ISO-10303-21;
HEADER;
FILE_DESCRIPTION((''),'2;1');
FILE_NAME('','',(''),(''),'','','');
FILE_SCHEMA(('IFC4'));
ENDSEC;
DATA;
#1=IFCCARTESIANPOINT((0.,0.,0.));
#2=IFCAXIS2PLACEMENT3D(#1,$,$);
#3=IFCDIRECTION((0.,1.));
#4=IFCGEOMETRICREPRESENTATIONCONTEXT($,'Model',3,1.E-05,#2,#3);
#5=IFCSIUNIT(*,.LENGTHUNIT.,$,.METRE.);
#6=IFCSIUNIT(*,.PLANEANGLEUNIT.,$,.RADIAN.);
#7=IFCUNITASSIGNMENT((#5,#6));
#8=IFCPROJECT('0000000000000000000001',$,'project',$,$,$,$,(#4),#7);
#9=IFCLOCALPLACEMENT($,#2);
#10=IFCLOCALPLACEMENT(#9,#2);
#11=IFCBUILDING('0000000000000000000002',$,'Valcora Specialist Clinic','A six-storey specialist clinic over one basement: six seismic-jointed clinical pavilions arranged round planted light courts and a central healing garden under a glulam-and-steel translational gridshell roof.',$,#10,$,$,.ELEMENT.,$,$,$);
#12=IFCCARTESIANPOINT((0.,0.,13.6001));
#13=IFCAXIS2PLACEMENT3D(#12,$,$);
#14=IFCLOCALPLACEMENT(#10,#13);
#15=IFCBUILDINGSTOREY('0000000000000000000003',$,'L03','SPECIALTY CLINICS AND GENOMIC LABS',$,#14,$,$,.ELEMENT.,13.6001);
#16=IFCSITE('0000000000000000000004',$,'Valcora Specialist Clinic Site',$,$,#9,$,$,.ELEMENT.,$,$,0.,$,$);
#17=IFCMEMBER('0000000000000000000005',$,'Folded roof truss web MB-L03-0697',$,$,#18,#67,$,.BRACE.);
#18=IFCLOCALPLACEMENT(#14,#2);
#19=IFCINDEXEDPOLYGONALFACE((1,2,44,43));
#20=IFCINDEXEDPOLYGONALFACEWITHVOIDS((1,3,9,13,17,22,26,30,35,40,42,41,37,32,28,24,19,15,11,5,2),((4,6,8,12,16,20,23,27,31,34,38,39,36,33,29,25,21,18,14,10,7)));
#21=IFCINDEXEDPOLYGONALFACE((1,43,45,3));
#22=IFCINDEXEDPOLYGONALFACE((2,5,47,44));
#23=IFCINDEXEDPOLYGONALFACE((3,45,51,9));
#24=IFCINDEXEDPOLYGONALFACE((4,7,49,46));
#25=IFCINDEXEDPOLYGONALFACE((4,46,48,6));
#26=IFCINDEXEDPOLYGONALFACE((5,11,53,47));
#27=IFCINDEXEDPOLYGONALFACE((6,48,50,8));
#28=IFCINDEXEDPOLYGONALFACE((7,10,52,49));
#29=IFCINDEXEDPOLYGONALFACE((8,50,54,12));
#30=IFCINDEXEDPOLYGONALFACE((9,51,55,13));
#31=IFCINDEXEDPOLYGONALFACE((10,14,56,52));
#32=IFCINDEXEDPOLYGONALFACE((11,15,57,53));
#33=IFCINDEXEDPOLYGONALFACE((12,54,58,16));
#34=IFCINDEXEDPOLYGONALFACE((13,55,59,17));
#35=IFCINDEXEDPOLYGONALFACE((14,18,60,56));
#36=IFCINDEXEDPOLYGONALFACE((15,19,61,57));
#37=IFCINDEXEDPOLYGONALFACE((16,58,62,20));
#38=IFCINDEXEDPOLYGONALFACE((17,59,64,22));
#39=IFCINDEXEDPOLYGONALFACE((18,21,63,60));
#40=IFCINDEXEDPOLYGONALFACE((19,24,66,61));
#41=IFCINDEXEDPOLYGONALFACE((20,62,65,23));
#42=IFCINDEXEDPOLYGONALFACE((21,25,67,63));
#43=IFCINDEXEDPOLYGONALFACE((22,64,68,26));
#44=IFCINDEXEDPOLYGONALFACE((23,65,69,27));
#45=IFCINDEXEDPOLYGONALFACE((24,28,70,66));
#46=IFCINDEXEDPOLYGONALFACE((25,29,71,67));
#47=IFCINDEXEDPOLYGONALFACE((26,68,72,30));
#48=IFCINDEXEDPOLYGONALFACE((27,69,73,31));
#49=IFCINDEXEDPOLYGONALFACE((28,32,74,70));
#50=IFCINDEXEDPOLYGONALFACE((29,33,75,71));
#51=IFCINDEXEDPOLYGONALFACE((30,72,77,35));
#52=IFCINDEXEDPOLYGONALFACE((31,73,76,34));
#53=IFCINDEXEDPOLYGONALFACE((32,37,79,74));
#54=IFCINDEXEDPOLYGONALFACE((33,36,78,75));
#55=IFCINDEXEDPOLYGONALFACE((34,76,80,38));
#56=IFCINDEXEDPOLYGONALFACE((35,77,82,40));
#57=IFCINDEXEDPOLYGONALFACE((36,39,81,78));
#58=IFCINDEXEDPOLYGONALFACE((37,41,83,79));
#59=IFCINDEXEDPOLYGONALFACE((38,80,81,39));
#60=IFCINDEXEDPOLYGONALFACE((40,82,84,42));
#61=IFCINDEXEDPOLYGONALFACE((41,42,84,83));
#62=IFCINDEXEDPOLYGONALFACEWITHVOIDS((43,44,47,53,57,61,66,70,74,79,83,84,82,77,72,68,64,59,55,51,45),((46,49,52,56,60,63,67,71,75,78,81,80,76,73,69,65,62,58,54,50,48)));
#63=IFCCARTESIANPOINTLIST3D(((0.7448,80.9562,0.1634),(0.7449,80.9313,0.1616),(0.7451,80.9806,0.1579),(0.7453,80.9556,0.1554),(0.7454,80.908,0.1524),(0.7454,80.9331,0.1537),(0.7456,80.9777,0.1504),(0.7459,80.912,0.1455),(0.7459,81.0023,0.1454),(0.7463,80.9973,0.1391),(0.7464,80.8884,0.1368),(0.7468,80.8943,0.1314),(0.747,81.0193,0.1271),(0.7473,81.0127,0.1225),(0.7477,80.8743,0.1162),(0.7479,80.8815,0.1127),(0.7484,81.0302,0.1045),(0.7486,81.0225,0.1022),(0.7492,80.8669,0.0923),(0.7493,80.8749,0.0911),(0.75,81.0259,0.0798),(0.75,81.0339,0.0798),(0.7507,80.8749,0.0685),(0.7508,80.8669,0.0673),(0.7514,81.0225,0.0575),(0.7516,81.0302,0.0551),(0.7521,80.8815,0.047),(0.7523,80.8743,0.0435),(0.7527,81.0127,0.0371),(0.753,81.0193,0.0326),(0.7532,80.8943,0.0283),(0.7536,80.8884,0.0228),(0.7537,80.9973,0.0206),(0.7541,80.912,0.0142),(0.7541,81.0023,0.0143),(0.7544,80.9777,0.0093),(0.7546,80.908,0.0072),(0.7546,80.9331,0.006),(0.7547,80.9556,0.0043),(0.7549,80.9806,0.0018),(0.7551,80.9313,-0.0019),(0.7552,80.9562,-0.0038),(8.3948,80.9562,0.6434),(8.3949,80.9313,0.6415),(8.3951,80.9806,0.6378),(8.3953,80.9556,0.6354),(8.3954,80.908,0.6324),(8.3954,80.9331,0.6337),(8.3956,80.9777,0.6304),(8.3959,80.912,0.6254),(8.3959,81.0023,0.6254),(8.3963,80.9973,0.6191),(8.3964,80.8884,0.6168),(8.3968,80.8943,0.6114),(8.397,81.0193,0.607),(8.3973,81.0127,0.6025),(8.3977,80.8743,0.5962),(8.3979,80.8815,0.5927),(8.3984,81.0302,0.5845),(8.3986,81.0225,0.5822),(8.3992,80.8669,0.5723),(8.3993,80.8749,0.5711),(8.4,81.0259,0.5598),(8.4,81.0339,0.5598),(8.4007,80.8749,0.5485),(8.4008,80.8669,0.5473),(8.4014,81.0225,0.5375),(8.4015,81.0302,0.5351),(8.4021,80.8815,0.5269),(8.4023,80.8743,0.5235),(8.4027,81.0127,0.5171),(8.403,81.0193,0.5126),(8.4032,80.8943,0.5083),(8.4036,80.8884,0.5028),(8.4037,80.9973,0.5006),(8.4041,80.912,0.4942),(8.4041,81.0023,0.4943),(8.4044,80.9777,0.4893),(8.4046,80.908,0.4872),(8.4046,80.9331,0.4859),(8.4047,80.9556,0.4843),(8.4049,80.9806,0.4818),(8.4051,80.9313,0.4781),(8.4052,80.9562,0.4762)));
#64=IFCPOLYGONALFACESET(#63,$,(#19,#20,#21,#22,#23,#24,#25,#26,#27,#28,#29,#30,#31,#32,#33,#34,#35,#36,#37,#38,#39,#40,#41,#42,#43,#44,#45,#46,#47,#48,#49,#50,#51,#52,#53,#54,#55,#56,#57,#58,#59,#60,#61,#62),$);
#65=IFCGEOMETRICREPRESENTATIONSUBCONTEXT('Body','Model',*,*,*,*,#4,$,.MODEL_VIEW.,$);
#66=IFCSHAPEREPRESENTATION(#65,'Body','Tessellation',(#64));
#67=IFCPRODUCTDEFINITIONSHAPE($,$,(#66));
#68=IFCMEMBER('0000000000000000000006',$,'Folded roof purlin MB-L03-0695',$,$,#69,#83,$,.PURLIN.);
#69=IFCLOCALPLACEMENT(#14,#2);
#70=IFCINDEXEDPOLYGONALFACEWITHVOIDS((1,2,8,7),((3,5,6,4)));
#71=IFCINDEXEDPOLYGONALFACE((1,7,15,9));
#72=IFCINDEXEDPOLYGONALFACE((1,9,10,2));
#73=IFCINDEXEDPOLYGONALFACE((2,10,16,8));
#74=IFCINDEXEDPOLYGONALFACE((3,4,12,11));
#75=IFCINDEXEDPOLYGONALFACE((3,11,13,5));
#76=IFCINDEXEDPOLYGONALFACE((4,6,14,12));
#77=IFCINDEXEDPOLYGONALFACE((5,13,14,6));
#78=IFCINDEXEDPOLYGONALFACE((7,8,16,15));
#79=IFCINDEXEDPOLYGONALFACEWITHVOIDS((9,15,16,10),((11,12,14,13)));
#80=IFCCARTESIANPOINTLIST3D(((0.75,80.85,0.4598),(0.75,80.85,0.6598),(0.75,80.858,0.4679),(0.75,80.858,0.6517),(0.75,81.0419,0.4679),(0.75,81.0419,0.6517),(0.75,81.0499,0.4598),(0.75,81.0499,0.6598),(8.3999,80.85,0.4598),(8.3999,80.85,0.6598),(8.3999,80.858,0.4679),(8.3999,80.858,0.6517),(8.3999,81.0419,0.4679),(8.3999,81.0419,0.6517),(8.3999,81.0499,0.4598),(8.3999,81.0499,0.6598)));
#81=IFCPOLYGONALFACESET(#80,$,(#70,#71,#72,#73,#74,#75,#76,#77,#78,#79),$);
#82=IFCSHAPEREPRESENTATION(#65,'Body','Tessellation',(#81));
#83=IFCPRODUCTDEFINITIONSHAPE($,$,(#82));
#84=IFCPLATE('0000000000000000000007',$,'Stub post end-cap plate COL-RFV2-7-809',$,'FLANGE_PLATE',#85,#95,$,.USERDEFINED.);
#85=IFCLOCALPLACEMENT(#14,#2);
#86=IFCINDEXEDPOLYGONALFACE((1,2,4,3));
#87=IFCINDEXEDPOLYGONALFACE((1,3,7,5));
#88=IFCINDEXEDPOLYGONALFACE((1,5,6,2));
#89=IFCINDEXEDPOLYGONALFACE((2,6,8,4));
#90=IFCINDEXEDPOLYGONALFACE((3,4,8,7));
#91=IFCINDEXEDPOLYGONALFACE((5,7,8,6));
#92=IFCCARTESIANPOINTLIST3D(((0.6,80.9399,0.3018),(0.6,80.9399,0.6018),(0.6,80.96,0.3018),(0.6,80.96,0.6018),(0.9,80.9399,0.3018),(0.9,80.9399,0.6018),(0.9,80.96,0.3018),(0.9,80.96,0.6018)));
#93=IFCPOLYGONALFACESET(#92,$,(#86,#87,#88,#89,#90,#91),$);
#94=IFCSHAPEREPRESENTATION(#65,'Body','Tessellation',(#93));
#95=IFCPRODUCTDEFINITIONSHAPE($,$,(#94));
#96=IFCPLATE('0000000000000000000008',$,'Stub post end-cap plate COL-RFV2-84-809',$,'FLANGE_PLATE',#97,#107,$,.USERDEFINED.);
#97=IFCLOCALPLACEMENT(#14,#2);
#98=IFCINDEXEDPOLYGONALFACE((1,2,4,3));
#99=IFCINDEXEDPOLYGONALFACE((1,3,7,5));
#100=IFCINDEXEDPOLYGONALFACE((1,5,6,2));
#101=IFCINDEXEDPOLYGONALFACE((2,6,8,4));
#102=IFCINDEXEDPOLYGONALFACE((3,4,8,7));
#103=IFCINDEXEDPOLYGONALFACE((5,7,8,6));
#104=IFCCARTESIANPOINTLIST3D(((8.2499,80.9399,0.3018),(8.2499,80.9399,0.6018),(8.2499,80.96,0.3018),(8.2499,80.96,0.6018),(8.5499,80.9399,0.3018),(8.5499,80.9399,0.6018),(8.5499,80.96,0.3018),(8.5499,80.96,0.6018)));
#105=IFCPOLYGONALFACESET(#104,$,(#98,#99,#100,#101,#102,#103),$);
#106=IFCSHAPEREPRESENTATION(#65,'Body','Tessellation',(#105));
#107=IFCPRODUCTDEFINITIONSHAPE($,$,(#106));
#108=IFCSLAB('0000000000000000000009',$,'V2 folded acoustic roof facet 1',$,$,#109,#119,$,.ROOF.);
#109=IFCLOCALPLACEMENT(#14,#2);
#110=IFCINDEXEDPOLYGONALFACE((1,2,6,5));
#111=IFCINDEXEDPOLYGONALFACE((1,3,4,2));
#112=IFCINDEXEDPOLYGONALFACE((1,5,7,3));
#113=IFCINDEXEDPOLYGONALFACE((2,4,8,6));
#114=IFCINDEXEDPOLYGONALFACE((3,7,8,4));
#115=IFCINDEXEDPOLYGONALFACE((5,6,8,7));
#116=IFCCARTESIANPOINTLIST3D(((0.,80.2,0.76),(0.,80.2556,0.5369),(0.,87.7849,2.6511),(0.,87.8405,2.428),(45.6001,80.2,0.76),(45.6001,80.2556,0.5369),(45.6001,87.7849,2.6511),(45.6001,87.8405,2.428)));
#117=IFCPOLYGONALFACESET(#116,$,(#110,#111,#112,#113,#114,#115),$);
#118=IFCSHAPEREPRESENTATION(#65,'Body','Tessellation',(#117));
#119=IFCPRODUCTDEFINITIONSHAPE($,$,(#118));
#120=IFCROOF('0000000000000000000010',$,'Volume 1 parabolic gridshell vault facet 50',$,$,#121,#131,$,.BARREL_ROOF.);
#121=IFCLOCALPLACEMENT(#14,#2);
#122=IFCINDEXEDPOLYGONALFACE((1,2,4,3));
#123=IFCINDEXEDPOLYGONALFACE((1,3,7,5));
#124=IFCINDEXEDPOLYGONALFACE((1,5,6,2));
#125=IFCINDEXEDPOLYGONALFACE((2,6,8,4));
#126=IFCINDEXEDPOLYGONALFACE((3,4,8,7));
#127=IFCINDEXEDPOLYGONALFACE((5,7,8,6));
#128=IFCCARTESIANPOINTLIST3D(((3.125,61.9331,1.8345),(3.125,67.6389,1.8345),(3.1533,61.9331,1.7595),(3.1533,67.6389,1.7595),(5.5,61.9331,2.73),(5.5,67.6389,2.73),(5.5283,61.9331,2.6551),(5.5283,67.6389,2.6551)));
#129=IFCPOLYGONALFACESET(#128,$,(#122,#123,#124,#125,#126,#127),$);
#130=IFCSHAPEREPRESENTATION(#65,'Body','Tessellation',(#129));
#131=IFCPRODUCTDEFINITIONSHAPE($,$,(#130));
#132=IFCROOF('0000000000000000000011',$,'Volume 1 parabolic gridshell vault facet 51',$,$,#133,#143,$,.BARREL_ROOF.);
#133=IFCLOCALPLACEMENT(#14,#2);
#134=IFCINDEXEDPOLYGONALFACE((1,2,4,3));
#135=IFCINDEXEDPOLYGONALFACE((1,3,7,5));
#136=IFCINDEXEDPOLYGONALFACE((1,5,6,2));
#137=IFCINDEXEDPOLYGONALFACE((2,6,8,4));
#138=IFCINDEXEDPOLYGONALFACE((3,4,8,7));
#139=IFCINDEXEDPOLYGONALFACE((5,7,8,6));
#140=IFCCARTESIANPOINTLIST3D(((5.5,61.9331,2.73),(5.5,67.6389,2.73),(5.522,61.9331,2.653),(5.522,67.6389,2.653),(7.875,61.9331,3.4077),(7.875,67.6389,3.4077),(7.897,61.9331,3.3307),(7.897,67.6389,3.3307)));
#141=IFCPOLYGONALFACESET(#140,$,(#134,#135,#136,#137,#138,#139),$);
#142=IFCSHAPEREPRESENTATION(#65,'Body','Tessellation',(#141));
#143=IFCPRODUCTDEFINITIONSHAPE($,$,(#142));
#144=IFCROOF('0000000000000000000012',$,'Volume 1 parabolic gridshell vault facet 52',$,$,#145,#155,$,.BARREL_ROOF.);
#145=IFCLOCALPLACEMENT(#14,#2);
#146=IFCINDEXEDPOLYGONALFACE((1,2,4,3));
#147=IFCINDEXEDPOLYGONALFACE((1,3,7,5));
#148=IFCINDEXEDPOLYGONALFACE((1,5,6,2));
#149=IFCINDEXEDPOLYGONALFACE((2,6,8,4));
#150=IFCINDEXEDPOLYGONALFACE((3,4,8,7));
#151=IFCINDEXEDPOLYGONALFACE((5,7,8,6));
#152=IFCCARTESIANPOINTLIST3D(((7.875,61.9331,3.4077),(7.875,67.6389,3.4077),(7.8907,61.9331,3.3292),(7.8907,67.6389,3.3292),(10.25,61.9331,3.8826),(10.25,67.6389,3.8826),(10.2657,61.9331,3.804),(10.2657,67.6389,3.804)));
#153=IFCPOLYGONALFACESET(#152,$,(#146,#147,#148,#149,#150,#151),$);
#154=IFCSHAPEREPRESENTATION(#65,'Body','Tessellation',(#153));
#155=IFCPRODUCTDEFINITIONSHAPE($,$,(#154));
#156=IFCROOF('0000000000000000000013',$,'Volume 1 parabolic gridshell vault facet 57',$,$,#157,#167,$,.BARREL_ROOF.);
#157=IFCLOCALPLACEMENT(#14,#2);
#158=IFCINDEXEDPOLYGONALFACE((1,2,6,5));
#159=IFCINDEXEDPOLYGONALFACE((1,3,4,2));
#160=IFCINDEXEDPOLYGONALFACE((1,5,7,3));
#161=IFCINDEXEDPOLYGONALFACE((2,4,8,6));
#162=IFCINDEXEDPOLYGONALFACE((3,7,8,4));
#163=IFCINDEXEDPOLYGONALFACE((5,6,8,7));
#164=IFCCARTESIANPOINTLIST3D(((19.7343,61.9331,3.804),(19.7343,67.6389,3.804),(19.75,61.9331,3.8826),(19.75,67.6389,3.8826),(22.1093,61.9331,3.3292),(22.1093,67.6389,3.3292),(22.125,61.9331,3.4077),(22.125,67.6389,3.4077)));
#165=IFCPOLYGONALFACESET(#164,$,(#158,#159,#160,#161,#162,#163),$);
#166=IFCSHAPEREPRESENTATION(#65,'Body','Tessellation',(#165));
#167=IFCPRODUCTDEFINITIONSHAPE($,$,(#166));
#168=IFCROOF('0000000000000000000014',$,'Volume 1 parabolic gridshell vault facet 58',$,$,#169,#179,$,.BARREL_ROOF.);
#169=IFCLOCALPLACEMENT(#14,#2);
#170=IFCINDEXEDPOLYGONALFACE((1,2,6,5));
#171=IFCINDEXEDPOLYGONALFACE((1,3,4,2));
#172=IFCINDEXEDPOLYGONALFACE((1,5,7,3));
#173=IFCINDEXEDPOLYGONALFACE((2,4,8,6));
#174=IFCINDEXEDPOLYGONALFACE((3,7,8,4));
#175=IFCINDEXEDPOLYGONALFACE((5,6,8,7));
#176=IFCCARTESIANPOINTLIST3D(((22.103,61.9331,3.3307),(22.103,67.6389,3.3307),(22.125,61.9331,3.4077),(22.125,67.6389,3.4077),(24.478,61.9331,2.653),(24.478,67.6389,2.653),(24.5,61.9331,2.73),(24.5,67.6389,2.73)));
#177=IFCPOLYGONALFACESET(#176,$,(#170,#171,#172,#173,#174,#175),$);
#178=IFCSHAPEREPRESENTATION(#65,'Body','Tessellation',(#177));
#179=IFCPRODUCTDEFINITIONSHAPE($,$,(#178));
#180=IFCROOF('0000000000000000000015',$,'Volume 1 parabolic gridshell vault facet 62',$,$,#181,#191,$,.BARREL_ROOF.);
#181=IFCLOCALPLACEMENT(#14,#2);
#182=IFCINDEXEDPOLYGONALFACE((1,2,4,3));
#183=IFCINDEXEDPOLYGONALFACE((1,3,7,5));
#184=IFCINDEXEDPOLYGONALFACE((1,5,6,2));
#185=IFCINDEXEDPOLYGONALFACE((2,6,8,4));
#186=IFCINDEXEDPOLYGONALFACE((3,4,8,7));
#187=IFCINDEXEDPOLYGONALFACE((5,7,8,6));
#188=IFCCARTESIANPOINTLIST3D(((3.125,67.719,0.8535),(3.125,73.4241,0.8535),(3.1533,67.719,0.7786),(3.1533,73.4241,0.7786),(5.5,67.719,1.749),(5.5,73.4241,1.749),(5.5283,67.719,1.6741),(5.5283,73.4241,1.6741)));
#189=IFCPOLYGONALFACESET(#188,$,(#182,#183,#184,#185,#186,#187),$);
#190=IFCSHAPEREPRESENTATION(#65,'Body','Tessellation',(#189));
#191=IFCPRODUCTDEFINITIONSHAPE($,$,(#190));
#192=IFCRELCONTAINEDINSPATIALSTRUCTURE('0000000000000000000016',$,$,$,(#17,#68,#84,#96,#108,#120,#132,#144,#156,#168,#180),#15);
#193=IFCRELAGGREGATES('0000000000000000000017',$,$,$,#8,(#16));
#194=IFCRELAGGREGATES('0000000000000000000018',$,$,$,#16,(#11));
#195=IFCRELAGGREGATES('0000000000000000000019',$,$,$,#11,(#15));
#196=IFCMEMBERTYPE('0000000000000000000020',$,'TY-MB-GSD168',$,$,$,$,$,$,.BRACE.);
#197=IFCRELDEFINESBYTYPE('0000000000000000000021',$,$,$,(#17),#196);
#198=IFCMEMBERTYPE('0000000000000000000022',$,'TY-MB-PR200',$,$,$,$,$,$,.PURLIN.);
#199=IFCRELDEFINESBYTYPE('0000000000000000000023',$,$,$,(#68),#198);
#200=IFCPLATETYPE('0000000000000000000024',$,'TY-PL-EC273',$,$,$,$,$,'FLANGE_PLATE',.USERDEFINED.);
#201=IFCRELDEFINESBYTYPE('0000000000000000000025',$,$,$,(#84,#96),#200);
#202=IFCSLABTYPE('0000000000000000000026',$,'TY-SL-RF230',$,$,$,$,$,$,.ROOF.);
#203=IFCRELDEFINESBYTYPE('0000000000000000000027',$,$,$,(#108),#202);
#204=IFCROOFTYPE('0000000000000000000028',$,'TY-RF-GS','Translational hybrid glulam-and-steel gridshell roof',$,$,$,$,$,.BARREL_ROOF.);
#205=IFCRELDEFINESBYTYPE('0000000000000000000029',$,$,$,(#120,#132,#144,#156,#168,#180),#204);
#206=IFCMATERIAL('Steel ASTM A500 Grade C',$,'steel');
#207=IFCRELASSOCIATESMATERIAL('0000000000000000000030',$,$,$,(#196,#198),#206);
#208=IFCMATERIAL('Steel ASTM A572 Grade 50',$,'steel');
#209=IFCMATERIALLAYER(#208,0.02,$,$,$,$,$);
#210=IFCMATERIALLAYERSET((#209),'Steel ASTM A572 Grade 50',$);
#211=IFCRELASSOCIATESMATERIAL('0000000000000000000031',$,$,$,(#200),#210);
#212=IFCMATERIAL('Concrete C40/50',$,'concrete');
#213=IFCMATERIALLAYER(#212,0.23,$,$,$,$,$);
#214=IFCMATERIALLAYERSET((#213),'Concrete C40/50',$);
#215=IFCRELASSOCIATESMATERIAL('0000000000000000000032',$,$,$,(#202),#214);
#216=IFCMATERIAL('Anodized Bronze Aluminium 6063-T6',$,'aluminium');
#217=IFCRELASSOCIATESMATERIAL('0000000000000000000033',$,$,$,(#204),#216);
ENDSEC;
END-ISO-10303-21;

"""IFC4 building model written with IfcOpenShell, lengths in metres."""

from ifc_helpers import new_model, si_unit, direction, frame, origin, origin_2d, place, context, subcontext, project, spatial, polyline, rectangle, hollow_rectangle, hollow_circle, outline, extrude, material, layer, layer_set, material_profile, profile_set, type_object, element, save


model = new_model("IFC4")

# Units and contexts
model_context = context("Model", 3, precision=1e-05, world=origin(), true_north=direction((0.0, 1.0)))
body_context = subcontext(model_context, "Body", "Model", "MODEL_VIEW")
ifc_project = project(units=[si_unit("LENGTHUNIT", "METRE"), si_unit("PLANEANGLEUNIT", "RADIAN")], contexts=[model_context])

# Site, building, storey
site_placement = place(None, origin())
site = spatial("IfcSite", under=ifc_project, at=site_placement, Name="Valcora Specialist Clinic Site", CompositionType="ELEMENT", RefElevation=0.0)
building_placement = place(site_placement, origin())
building = spatial("IfcBuilding", under=site, at=building_placement, Name="Valcora Specialist Clinic", Description="A six-storey specialist clinic over one basement: six seismic-jointed clinical pavilions arranged round planted light courts and a central healing garden under a glulam-and-steel translational gridshell roof.", CompositionType="ELEMENT")
storey_placement = place(building_placement, frame((0.0, 0.0, 13.6001)))
storey = spatial("IfcBuildingStorey", under=building, at=storey_placement, Name="L03", Description="SPECIALTY CLINICS AND GENOMIC LABS", CompositionType="ELEMENT", Elevation=13.6001)

# Shared definitions
ifc_material_1 = material(Name="Steel ASTM A500 Grade C", Category="steel")

# Members
ifc_material_profile_1 = material_profile(ifc_material_1, hollow_circle(Radius=0.084, WallThickness=0.0081, at=origin_2d()), Name="ST-CHS-168X8")
ifc_profile_set_1 = profile_set([ifc_material_profile_1], Name="Steel ASTM A500 Grade C")
member_type_1 = type_object("IfcMemberType", Name="TY-MB-GSD168", PredefinedType="BRACE", material=ifc_profile_set_1)
member_1_placement = place(storey_placement, frame((0.75, 80.95, 0.0798), z_axis=(0.998037, 0.0, 0.06262), x_axis=(0.0, 1.0, 0.0)))
element("IfcMember", 1, at=member_1_placement, inside=storey, type_object=member_type_1, Name="Folded roof truss web MB-L03-0697", PredefinedType="BRACE", context=body_context, shape_type="SweptSolid", body=[
    extrude(hollow_circle(Radius=0.084, WallThickness=0.0081, at=origin_2d()), origin(), (0.0, 0.0, 1.0), 7.665),
])
ifc_material_profile_2 = material_profile(ifc_material_1, hollow_rectangle(XDim=0.2, YDim=0.2, WallThickness=0.0081, at=origin_2d()), Name="ST-RHS-200X200X8")
ifc_profile_set_2 = profile_set([ifc_material_profile_2], Name="Steel ASTM A500 Grade C")
member_type_2 = type_object("IfcMemberType", Name="TY-MB-PR200", PredefinedType="PURLIN", material=ifc_profile_set_2)
member_2_placement = place(storey_placement, frame((0.75, 80.95, 0.5598), z_axis=(1.0, 0.0, 0.0), x_axis=(0.0, 1.0, 0.0)))
element("IfcMember", 2, at=member_2_placement, inside=storey, type_object=member_type_2, Name="Folded roof purlin MB-L03-0695", PredefinedType="PURLIN", context=body_context, shape_type="SweptSolid", body=[
    extrude(hollow_rectangle(XDim=0.2, YDim=0.2, WallThickness=0.0081, at=origin_2d()), origin(), (0.0, 0.0, 1.0), 7.6499),
])

# Plates
ifc_material_2 = material(Name="Steel ASTM A572 Grade 50", Category="steel")
ifc_layer_1 = layer(ifc_material_2, 0.02)
ifc_layer_set_1 = layer_set([ifc_layer_1], Name="Steel ASTM A572 Grade 50")
plate_type = type_object("IfcPlateType", Name="TY-PL-EC273", ElementType="FLANGE_PLATE", PredefinedType="USERDEFINED", material=ifc_layer_set_1)
for number, where, z_axis, x_axis, name in (
    (3, (0.75, 80.95, 0.3018), (0.0, 0.0, 1.0), (1.0, 0.0, 0.0), "Stub post end-cap plate COL-RFV2-7-809"),
    (4, (8.3999, 80.95, 0.3018), (0.0, 0.0, 1.0), (1.0, 0.0, 0.0), "Stub post end-cap plate COL-RFV2-84-809"),
):
    element("IfcPlate", number, at=place(storey_placement, frame(where, z_axis=z_axis, x_axis=x_axis)), inside=storey, type_object=plate_type, Name=name, ObjectType="FLANGE_PLATE", PredefinedType="USERDEFINED", context=body_context, shape_type="SweptSolid", body=[
        extrude(rectangle(XDim=0.3, YDim=0.02, at=origin_2d()), origin(), (0.0, 0.0, 1.0), 0.3),
    ])

# Slab
ifc_material_3 = material(Name="Concrete C40/50", Category="concrete")
ifc_layer_2 = layer(ifc_material_3, 0.23)
ifc_layer_set_2 = layer_set([ifc_layer_2], Name="Concrete C40/50")
slab_type = type_object("IfcSlabType", Name="TY-SL-RF230", PredefinedType="ROOF", material=ifc_layer_set_2)
slab_placement = place(storey_placement, frame((0.0, 80.2, 0.76), z_axis=(0.0, -0.241918, 0.970297), x_axis=(1.0, 0.0, 0.0)))
element("IfcSlab", 5, at=slab_placement, inside=storey, type_object=slab_type, Name="V2 folded acoustic roof facet 1", PredefinedType="ROOF", context=body_context, shape_type="SweptSolid", body=[
    extrude(outline(polyline([(0.0, 0.0), (45.6001, 0.0), (45.6001, 7.8172), (0.0, 7.8172), (0.0, 0.0)])), origin(), (0.0, 0.0, -1.0), 0.23),
])

# Roofs
ifc_material_4 = material(Name="Anodized Bronze Aluminium 6063-T6", Category="aluminium")
roof_type = type_object("IfcRoofType", Name="TY-RF-GS", Description="Translational hybrid glulam-and-steel gridshell roof", PredefinedType="BARREL_ROOF", material=ifc_material_4)
roof_1_placement = place(storey_placement, frame((3.125, 61.9331, 1.8345), z_axis=(-0.352809, 0.0, 0.935695), x_axis=(0.935695, 0.0, 0.352809)))
element("IfcRoof", 6, at=roof_1_placement, inside=storey, type_object=roof_type, Name="Volume 1 parabolic gridshell vault facet 50", PredefinedType="BARREL_ROOF", context=body_context, shape_type="SweptSolid", body=[
    extrude(outline(polyline([(0.0, 0.0), (2.5382, 0.0), (2.5382, 5.7058), (0.0, 5.7058), (0.0, 0.0)])), origin(), (0.0, 0.0, -1.0), 0.0801),
])
roof_2_placement = place(storey_placement, frame((5.5, 61.9331, 2.73), z_axis=(-0.274408, 0.0, 0.961613), x_axis=(0.961613, 0.0, 0.274408)))
element("IfcRoof", 7, at=roof_2_placement, inside=storey, type_object=roof_type, Name="Volume 1 parabolic gridshell vault facet 51", PredefinedType="BARREL_ROOF", context=body_context, shape_type="SweptSolid", body=[
    extrude(outline(polyline([(0.0, 0.0), (2.4698, 0.0), (2.4698, 5.7058), (0.0, 5.7058), (0.0, 0.0)])), origin(), (0.0, 0.0, -1.0), 0.0801),
])
for number, where, z_axis, x_axis, name in (
    (8, (7.875, 61.9331, 3.4077), (-0.196058, 0.0, 0.980592), (0.980592, 0.0, 0.196058), "Volume 1 parabolic gridshell vault facet 52"),
    (9, (19.75, 61.9331, 3.8826), (0.196058, 0.0, 0.980592), (0.980592, 0.0, -0.196058), "Volume 1 parabolic gridshell vault facet 57"),
):
    element("IfcRoof", number, at=place(storey_placement, frame(where, z_axis=z_axis, x_axis=x_axis)), inside=storey, type_object=roof_type, Name=name, PredefinedType="BARREL_ROOF", context=body_context, shape_type="SweptSolid", body=[
        extrude(outline(polyline([(0.0, 0.0), (2.422, 0.0), (2.422, 5.7058), (0.0, 5.7058), (0.0, 0.0)])), origin(), (0.0, 0.0, -1.0), 0.0801),
    ])
roof_3_placement = place(storey_placement, frame((22.125, 61.9331, 3.4077), z_axis=(0.274408, 0.0, 0.961613), x_axis=(0.961613, 0.0, -0.274408)))
element("IfcRoof", 10, at=roof_3_placement, inside=storey, type_object=roof_type, Name="Volume 1 parabolic gridshell vault facet 58", PredefinedType="BARREL_ROOF", context=body_context, shape_type="SweptSolid", body=[
    extrude(outline(polyline([(0.0, 0.0), (2.4698, 0.0), (2.4698, 5.7058), (0.0, 5.7058), (0.0, 0.0)])), origin(), (0.0, 0.0, -1.0), 0.0801),
])
roof_4_placement = place(storey_placement, frame((3.125, 67.719, 0.8535), z_axis=(-0.352809, 0.0, 0.935695), x_axis=(0.935695, 0.0, 0.352809)))
element("IfcRoof", 11, at=roof_4_placement, inside=storey, type_object=roof_type, Name="Volume 1 parabolic gridshell vault facet 62", PredefinedType="BARREL_ROOF", context=body_context, shape_type="SweptSolid", body=[
    extrude(outline(polyline([(0.0, 0.0), (2.5382, 0.0), (2.5382, 5.7051), (0.0, 5.7051), (0.0, 0.0)])), origin(), (0.0, 0.0, -1.0), 0.0801),
])

save(model, "model.ifc")
